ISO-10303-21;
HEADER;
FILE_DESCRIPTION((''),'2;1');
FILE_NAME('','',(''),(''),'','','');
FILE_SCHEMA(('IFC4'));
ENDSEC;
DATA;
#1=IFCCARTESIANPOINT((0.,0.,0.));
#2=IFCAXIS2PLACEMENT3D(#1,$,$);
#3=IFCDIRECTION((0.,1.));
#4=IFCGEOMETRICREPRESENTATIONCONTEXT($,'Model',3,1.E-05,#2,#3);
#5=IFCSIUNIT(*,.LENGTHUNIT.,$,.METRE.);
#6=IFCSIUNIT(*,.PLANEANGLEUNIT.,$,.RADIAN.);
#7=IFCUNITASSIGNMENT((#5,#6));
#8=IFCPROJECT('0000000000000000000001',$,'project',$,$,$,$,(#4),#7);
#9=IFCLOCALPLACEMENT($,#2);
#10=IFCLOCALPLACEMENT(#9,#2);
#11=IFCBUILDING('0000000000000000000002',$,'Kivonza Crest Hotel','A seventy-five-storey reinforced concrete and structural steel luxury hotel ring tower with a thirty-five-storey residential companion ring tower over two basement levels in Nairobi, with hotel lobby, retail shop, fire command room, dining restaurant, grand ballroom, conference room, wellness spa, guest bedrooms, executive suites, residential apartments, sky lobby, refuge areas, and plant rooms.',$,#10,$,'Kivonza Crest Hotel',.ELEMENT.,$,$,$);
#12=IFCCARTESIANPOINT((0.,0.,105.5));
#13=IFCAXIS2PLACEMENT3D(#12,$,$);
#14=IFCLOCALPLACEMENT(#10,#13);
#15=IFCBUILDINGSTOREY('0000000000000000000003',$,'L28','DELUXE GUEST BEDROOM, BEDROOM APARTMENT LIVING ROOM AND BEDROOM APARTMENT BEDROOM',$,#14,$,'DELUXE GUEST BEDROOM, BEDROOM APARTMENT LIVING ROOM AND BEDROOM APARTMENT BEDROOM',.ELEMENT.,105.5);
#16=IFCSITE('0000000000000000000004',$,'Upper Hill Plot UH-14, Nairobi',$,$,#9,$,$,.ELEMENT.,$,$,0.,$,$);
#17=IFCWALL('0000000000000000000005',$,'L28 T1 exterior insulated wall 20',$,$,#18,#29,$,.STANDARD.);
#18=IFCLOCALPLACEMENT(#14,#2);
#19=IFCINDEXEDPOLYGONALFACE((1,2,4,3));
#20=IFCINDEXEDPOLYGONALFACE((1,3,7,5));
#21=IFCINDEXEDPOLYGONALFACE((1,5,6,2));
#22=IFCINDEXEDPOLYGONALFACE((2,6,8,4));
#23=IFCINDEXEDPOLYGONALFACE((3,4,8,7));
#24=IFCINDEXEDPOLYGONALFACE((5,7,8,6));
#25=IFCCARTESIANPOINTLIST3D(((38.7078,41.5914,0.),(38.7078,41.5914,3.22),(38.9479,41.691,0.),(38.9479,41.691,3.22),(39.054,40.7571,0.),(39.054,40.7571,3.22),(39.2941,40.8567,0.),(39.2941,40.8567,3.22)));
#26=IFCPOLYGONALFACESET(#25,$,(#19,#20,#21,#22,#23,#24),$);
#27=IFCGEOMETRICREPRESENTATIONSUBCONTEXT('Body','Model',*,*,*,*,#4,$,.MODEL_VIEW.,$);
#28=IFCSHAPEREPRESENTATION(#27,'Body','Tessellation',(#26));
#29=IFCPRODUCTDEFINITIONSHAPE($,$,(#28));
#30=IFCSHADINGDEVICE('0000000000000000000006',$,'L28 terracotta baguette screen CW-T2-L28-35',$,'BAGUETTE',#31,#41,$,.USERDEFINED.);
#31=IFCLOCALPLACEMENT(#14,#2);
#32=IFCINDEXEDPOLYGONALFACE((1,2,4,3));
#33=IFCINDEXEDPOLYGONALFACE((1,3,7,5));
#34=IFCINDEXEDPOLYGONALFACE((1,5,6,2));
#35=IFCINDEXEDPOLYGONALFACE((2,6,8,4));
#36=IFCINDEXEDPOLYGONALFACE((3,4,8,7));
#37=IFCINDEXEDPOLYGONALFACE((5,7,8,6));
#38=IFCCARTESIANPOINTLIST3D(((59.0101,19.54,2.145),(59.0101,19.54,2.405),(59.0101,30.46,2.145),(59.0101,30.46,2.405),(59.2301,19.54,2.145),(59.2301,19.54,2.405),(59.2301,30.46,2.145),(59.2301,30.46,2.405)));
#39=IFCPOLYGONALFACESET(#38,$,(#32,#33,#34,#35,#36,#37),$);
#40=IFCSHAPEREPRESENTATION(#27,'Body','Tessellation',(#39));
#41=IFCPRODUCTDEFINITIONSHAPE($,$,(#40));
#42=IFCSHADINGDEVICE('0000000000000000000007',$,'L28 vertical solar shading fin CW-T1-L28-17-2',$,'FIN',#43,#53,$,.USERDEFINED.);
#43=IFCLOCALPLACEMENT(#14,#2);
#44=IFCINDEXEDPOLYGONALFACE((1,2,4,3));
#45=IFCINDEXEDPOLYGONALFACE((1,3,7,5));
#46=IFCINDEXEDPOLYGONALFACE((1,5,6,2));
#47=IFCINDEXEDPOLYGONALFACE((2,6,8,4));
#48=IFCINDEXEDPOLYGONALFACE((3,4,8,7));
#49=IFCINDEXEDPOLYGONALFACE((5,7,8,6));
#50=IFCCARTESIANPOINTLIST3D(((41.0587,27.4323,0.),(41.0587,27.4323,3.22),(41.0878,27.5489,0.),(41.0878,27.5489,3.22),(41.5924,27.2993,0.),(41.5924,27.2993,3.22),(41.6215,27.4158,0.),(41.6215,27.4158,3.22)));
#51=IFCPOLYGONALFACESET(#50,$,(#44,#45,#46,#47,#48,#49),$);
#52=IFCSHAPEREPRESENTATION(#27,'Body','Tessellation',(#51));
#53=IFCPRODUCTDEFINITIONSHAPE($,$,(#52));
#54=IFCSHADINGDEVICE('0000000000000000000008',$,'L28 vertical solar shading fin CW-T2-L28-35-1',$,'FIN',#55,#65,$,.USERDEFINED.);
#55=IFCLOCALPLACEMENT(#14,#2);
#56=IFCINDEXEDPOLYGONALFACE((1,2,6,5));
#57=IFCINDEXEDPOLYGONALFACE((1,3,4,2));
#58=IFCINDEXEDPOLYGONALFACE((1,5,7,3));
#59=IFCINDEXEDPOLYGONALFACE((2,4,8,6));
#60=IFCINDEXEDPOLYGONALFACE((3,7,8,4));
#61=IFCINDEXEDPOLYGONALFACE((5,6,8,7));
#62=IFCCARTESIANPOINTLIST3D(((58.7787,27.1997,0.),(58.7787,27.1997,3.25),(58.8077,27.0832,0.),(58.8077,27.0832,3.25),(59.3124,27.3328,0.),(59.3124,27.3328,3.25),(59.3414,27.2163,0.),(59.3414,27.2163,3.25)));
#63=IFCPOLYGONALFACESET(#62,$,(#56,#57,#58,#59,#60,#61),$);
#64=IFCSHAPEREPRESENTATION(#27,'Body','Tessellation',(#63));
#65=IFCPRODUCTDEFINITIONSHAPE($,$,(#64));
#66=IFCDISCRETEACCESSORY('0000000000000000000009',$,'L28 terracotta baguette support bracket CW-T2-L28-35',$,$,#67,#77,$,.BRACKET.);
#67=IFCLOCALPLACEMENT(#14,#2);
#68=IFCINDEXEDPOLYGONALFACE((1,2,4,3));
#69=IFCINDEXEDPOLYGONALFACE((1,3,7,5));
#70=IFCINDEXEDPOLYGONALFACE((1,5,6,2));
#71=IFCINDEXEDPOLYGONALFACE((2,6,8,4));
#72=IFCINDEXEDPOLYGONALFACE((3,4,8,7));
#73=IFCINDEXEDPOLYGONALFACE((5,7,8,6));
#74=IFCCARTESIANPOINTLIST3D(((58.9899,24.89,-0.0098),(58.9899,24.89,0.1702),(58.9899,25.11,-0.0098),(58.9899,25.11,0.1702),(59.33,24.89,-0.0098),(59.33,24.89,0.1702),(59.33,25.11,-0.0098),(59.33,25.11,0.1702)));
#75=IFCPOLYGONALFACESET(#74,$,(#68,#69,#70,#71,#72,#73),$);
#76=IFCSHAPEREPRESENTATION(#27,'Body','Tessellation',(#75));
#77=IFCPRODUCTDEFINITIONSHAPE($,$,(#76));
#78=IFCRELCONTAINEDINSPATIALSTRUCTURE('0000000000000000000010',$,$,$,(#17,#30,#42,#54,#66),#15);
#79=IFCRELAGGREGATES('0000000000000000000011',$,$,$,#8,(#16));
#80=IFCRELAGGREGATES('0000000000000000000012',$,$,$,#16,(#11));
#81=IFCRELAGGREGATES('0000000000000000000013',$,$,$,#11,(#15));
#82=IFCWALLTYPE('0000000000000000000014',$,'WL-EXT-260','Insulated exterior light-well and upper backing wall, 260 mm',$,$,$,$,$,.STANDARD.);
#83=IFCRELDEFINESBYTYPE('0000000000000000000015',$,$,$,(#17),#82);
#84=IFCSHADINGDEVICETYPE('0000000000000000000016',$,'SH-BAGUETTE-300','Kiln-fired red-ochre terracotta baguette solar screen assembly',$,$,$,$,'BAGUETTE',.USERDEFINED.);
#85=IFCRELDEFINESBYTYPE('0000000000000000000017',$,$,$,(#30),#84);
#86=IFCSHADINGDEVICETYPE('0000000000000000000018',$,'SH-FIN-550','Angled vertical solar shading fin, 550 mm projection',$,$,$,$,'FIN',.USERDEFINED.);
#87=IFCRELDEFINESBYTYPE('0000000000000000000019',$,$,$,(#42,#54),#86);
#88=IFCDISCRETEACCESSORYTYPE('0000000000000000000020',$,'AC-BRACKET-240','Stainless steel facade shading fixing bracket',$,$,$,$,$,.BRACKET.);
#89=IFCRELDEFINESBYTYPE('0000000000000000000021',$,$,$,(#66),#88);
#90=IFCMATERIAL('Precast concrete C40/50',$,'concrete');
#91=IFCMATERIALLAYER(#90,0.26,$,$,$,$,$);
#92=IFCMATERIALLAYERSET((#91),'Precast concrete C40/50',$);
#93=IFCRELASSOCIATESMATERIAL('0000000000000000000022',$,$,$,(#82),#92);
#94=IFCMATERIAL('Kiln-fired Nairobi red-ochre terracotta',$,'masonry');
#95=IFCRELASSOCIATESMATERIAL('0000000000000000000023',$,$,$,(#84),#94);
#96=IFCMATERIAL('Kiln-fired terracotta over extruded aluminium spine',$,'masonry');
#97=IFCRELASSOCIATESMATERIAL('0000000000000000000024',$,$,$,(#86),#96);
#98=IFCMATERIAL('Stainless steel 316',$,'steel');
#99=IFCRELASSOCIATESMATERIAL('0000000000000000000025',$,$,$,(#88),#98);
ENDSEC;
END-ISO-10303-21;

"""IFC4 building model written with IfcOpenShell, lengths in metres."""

from ifc_helpers import new_model, si_unit, direction, frame, frame_2d, origin, origin_2d, place, context, subcontext, project, spatial, rectangle, extrude, material, layer, layer_set, type_object, element, save


model = new_model("IFC4")

# Units and contexts
model_context = context("Model", 3, precision=1e-05, world=origin(), true_north=direction((0.0, 1.0)))
body_context = subcontext(model_context, "Body", "Model", "MODEL_VIEW")
ifc_project = project(units=[si_unit("LENGTHUNIT", "METRE"), si_unit("PLANEANGLEUNIT", "RADIAN")], contexts=[model_context])

# Site, building, storey
site_placement = place(None, origin())
site = spatial("IfcSite", under=ifc_project, at=site_placement, Name="Upper Hill Plot UH-14, Nairobi", CompositionType="ELEMENT", RefElevation=0.0)
building_placement = place(site_placement, origin())
building = spatial("IfcBuilding", under=site, at=building_placement, Name="Kivonza Crest Hotel", Description="A seventy-five-storey reinforced concrete and structural steel luxury hotel ring tower with a thirty-five-storey residential companion ring tower over two basement levels in Nairobi, with hotel lobby, retail shop, fire command room, dining restaurant, grand ballroom, conference room, wellness spa, guest bedrooms, executive suites, residential apartments, sky lobby, refuge areas, and plant rooms.", LongName="Kivonza Crest Hotel", CompositionType="ELEMENT")
storey_placement = place(building_placement, frame((0.0, 0.0, 105.5)))
storey = spatial("IfcBuildingStorey", under=building, at=storey_placement, Name="L28", Description="DELUXE GUEST BEDROOM, BEDROOM APARTMENT LIVING ROOM AND BEDROOM APARTMENT BEDROOM", LongName="DELUXE GUEST BEDROOM, BEDROOM APARTMENT LIVING ROOM AND BEDROOM APARTMENT BEDROOM", CompositionType="ELEMENT", Elevation=105.5)

# Shared definitions
ifc_material_1 = material(Name="Precast concrete C40/50", Category="concrete")
ifc_layer_1 = layer(ifc_material_1, 0.26)
ifc_layer_set_1 = layer_set([ifc_layer_1], Name="Precast concrete C40/50")
wall_type_1 = type_object("IfcWallType", Name="WL-EXT-260", Description="Insulated exterior light-well and upper backing wall, 260 mm", PredefinedType="STANDARD", material=ifc_layer_set_1)

# Wall
wall_1_placement = place(storey_placement, frame((39.1741, 40.8069, 0.0), z_axis=(0.0, 0.0, 1.0), x_axis=(-0.383291, 0.923628, 0.0)))
element("IfcWall", 1, at=wall_1_placement, inside=storey, type_object=wall_type_1, Name="L28 T1 exterior insulated wall 20", PredefinedType="STANDARD", context=body_context, shape_type="SweptSolid", body=[
    extrude(rectangle(XDim=0.9033, YDim=0.26, at=frame_2d((0.4517, 0.0))), origin(), (0.0, 0.0, 1.0), 3.22),
])

# Shading devices
ifc_material_2 = material(Name="Kiln-fired Nairobi red-ochre terracotta", Category="masonry")
shading_device_type_1 = type_object("IfcShadingDeviceType", Name="SH-BAGUETTE-300", Description="Kiln-fired red-ochre terracotta baguette solar screen assembly", ElementType="BAGUETTE", PredefinedType="USERDEFINED", material=ifc_material_2)
shading_device_1_placement = place(storey_placement, frame((59.1201, 25.0, 2.145), z_axis=(0.0, 0.0, 1.0), x_axis=(0.0, -1.0, 0.0)))
element("IfcShadingDevice", 2, at=shading_device_1_placement, inside=storey, type_object=shading_device_type_1, Name="L28 terracotta baguette screen CW-T2-L28-35", ObjectType="BAGUETTE", PredefinedType="USERDEFINED", context=body_context, shape_type="SweptSolid", body=[
    extrude(rectangle(XDim=10.9199, YDim=0.22, at=origin_2d()), origin(), (0.0, 0.0, 1.0), 0.26),
])
ifc_material_3 = material(Name="Kiln-fired terracotta over extruded aluminium spine", Category="masonry")
shading_device_type_2 = type_object("IfcShadingDeviceType", Name="SH-FIN-550", Description="Angled vertical solar shading fin, 550 mm projection", ElementType="FIN", PredefinedType="USERDEFINED", material=ifc_material_3)
shading_device_2_placement = place(storey_placement, frame((41.3401, 27.4241, 0.0), z_axis=(0.0, 0.0, 1.0), x_axis=(0.241922, 0.970296, 0.0)))
element("IfcShadingDevice", 3, at=shading_device_2_placement, inside=storey, type_object=shading_device_type_2, Name="L28 vertical solar shading fin CW-T1-L28-17-2", ObjectType="FIN", PredefinedType="USERDEFINED", context=body_context, shape_type="SweptSolid", body=[
    extrude(rectangle(XDim=0.1201, YDim=0.55, at=origin_2d()), origin(), (0.0, 0.0, 1.0), 3.22),
])
shading_device_3_placement = place(storey_placement, frame((59.0601, 27.208, 0.0), z_axis=(0.0, 0.0, 1.0), x_axis=(0.241922, -0.970296, 0.0)))
element("IfcShadingDevice", 4, at=shading_device_3_placement, inside=storey, type_object=shading_device_type_2, Name="L28 vertical solar shading fin CW-T2-L28-35-1", ObjectType="FIN", PredefinedType="USERDEFINED", context=body_context, shape_type="SweptSolid", body=[
    extrude(rectangle(XDim=0.1201, YDim=0.55, at=origin_2d()), origin(), (0.0, 0.0, 1.0), 3.25),
])

# Discrete accessory
ifc_material_4 = material(Name="Stainless steel 316", Category="steel")
discrete_accessory_type = type_object("IfcDiscreteAccessoryType", Name="AC-BRACKET-240", Description="Stainless steel facade shading fixing bracket", PredefinedType="BRACKET", material=ifc_material_4)
discrete_accessory_placement = place(storey_placement, frame((59.1599, 25.0, -0.0098), z_axis=(0.0, 0.0, 1.0), x_axis=(0.0, -1.0, 0.0)))
element("IfcDiscreteAccessory", 5, at=discrete_accessory_placement, inside=storey, type_object=discrete_accessory_type, Name="L28 terracotta baguette support bracket CW-T2-L28-35", PredefinedType="BRACKET", context=body_context, shape_type="SweptSolid", body=[
    extrude(rectangle(XDim=0.22, YDim=0.3401, at=origin_2d()), origin(), (0.0, 0.0, 1.0), 0.1799),
])

save(model, "model.ifc")
